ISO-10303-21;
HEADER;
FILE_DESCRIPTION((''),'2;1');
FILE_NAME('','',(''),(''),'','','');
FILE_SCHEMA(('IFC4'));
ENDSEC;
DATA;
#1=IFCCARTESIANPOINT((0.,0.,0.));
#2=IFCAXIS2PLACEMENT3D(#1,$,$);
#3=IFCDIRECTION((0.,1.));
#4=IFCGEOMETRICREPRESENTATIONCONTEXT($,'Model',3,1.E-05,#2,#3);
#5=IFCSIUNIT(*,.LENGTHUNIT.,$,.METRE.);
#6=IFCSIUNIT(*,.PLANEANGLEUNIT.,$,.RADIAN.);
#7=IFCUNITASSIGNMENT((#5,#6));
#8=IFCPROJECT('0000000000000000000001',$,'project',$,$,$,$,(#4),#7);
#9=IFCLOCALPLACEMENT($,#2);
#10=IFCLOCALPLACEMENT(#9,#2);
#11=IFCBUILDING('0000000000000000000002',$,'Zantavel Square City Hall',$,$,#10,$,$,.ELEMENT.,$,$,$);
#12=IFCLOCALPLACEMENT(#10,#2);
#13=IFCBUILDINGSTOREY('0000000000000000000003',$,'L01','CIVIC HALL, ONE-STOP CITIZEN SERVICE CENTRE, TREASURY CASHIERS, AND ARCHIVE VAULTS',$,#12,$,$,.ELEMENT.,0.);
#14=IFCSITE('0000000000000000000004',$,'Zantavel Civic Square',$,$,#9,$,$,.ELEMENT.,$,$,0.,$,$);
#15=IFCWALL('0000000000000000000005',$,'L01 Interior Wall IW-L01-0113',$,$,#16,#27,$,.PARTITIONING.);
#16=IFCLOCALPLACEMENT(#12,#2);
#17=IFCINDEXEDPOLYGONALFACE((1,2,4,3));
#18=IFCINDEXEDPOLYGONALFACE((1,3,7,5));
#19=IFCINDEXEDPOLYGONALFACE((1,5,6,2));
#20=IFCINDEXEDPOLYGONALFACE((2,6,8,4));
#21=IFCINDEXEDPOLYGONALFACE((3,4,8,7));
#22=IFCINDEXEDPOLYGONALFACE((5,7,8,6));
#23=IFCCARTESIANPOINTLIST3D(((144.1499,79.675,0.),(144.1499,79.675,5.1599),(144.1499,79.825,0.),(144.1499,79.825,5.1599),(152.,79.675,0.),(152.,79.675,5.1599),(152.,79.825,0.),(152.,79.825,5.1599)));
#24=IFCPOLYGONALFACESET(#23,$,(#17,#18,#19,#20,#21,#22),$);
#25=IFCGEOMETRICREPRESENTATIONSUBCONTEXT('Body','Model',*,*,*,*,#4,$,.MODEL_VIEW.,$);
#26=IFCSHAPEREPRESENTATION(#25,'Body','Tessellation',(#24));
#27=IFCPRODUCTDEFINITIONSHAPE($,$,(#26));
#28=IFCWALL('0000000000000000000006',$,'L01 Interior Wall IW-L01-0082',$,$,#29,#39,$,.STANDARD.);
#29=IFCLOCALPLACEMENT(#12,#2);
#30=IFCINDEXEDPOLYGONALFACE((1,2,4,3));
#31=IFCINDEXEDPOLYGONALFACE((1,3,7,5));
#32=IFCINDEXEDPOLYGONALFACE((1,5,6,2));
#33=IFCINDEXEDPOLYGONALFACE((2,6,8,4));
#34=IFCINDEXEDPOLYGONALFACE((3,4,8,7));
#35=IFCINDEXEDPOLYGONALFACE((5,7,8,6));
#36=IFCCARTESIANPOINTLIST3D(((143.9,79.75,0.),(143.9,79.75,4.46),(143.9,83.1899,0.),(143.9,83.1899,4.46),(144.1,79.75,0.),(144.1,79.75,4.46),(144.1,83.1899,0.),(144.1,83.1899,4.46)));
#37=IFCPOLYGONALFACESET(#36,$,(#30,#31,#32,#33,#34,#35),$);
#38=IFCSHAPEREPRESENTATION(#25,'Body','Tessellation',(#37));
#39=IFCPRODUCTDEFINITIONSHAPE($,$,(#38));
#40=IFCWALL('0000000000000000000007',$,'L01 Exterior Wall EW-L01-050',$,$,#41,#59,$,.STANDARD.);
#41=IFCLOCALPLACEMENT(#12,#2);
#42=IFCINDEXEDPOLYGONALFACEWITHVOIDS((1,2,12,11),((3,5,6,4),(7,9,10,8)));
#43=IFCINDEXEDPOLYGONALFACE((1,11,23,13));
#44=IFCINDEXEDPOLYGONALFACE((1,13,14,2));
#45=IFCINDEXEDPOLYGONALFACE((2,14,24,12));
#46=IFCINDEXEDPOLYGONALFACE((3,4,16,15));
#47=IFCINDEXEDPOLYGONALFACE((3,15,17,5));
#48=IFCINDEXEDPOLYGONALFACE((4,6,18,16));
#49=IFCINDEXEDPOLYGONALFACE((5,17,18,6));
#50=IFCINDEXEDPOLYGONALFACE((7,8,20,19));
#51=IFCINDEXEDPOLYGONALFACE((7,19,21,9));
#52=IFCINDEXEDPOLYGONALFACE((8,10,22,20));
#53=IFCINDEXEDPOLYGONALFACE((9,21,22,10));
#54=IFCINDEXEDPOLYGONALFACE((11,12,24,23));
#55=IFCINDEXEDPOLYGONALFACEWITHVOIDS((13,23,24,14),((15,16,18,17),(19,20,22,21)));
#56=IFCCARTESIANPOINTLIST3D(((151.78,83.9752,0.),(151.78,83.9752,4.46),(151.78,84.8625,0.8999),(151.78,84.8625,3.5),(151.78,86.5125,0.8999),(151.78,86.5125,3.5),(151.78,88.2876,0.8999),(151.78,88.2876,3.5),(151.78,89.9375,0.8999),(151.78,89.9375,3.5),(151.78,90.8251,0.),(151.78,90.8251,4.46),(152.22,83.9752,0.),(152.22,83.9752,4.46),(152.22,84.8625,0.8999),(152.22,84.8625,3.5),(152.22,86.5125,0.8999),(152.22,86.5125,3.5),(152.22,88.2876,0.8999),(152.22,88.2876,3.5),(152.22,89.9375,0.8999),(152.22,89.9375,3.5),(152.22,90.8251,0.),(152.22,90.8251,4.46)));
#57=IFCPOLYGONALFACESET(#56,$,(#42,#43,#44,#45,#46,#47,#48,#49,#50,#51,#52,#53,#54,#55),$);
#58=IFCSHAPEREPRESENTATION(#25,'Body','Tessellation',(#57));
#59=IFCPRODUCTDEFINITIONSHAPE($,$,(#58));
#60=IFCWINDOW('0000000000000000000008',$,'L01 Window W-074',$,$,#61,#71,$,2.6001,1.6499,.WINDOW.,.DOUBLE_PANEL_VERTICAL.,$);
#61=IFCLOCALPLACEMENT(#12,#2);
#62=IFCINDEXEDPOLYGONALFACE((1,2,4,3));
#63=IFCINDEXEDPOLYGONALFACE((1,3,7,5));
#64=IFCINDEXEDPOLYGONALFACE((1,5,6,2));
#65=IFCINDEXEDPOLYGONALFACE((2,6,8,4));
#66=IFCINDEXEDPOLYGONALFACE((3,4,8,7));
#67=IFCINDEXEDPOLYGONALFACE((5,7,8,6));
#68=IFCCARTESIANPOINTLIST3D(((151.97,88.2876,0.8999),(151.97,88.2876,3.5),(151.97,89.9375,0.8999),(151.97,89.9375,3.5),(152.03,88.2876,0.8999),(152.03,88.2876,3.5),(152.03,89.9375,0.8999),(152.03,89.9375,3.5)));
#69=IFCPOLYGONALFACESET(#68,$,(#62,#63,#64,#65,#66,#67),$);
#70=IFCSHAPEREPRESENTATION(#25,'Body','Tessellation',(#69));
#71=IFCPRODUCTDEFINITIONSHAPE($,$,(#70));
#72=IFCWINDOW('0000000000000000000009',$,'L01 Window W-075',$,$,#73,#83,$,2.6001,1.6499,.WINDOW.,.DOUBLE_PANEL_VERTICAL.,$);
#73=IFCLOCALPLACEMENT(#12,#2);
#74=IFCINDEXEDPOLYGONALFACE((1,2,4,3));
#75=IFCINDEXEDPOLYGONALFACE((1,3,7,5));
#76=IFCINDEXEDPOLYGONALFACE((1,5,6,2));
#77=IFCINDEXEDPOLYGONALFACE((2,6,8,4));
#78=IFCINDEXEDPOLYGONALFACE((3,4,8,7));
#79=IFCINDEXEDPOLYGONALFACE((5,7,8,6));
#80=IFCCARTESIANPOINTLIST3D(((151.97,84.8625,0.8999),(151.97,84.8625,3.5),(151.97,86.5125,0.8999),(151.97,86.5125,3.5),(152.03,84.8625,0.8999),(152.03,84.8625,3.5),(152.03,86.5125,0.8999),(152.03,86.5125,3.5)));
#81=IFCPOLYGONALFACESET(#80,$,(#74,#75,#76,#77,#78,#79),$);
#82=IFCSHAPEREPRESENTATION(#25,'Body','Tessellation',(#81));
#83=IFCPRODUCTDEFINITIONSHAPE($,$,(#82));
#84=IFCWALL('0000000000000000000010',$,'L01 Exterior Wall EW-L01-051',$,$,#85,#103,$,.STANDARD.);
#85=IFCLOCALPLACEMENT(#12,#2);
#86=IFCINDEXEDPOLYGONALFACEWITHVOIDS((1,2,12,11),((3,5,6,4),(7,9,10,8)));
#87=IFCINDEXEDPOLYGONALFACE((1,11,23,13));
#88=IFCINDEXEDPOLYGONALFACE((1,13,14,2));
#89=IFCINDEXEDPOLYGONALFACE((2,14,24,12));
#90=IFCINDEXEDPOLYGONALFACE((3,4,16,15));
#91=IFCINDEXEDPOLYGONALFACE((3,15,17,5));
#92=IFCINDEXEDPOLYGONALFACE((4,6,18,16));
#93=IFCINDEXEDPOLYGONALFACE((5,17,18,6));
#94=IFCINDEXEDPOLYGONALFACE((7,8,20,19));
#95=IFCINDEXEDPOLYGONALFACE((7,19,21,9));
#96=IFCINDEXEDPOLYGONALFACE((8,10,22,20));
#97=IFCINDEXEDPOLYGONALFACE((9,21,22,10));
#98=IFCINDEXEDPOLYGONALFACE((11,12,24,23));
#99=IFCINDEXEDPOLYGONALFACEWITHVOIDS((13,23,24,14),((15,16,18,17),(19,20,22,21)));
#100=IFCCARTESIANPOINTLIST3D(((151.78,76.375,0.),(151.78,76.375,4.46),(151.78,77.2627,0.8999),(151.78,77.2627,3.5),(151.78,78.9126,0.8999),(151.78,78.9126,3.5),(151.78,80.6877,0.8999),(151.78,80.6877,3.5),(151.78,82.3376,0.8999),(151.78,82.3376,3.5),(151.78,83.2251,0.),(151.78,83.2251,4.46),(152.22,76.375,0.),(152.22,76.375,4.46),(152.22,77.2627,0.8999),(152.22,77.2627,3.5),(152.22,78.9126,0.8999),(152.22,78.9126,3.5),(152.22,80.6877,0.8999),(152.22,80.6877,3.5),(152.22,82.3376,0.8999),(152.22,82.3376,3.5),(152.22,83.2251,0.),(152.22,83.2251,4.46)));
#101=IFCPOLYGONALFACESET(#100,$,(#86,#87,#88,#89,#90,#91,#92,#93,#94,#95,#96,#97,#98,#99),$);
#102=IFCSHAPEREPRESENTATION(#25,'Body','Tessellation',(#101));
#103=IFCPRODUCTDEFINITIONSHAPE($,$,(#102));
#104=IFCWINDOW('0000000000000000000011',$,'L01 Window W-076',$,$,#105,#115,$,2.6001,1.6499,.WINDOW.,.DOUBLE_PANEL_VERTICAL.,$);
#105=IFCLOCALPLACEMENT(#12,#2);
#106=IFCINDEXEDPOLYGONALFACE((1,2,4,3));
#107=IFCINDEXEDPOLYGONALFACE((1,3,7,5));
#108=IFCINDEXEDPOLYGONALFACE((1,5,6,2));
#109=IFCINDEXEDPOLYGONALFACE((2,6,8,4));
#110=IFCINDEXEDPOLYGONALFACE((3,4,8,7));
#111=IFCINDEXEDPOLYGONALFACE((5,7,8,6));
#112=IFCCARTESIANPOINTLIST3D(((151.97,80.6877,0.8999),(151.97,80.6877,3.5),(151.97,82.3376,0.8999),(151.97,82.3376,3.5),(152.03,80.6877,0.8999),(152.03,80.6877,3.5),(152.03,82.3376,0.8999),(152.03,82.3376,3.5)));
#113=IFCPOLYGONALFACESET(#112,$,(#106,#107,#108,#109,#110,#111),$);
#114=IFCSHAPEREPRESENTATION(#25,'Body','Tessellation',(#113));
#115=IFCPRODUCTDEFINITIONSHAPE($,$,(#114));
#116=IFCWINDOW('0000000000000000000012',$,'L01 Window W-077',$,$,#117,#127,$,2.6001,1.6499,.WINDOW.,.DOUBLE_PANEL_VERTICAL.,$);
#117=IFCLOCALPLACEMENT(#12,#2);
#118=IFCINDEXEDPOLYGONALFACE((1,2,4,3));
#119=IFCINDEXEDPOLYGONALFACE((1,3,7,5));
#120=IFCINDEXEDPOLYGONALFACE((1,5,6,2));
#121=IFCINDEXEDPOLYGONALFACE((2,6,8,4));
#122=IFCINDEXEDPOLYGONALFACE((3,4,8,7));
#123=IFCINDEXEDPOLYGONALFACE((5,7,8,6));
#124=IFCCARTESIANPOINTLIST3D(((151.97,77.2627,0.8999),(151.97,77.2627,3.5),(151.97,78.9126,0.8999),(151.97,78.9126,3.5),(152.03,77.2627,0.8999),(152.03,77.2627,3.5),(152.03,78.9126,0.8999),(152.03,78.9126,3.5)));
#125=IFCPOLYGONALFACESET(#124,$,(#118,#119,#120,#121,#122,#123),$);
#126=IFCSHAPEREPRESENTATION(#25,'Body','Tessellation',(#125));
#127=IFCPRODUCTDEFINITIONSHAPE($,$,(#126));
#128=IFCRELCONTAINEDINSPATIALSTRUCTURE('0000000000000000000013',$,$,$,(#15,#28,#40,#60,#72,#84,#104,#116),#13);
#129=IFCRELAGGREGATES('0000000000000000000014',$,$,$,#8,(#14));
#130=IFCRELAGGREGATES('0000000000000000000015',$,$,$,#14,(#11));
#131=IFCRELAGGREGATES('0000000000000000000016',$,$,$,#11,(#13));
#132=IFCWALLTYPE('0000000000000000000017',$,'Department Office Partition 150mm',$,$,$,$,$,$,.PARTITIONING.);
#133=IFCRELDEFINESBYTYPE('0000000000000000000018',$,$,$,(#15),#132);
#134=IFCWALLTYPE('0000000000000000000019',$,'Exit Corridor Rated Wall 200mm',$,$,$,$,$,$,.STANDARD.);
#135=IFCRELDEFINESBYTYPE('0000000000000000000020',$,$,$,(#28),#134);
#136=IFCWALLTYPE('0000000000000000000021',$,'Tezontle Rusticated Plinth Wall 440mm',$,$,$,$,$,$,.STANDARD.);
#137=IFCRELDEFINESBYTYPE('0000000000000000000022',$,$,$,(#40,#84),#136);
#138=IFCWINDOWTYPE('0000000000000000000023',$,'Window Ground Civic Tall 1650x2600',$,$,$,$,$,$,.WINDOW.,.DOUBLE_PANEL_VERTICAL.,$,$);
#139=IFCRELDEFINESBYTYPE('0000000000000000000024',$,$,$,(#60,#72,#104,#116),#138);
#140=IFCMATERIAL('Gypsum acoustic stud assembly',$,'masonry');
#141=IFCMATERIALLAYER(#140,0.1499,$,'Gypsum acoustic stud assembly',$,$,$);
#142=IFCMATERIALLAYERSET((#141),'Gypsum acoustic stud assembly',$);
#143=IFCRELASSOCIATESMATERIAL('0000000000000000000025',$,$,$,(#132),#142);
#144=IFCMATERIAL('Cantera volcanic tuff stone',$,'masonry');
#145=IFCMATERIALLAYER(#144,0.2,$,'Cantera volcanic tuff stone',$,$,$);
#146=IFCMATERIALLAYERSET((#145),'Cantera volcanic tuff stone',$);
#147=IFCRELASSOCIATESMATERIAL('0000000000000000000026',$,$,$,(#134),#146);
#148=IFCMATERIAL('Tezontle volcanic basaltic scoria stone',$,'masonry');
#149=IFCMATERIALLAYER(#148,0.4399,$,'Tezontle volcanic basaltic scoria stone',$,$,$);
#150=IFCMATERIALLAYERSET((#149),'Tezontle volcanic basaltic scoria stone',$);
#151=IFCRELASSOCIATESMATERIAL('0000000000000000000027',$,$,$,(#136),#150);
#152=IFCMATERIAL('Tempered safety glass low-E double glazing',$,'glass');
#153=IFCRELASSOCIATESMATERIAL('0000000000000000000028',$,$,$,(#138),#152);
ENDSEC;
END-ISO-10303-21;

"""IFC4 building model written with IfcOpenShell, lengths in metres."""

from ifc_helpers import new_model, si_unit, direction, frame, frame_2d, origin, place, context, subcontext, project, spatial, rectangle, extrude, material, layer, layer_set, type_object, element, fill, save


model = new_model("IFC4")

# Units and contexts
model_context = context("Model", 3, precision=1e-05, world=origin(), true_north=direction((0.0, 1.0)))
body_context = subcontext(model_context, "Body", "Model", "MODEL_VIEW")
ifc_project = project(units=[si_unit("LENGTHUNIT", "METRE"), si_unit("PLANEANGLEUNIT", "RADIAN")], contexts=[model_context])

# Site, building, storey
site_placement = place(None, origin())
site = spatial("IfcSite", under=ifc_project, at=site_placement, Name="Zantavel Civic Square", CompositionType="ELEMENT", RefElevation=0.0)
building_placement = place(site_placement, origin())
building = spatial("IfcBuilding", under=site, at=building_placement, Name="Zantavel Square City Hall", CompositionType="ELEMENT")
storey_placement = place(building_placement, origin())
storey = spatial("IfcBuildingStorey", under=building, at=storey_placement, Name="L01", Description="CIVIC HALL, ONE-STOP CITIZEN SERVICE CENTRE, TREASURY CASHIERS, AND ARCHIVE VAULTS", CompositionType="ELEMENT", Elevation=0.0)

# Wall
ifc_material_1 = material(Name="Gypsum acoustic stud assembly", Category="masonry")
ifc_layer_1 = layer(ifc_material_1, 0.1499, Name="Gypsum acoustic stud assembly")
ifc_layer_set_1 = layer_set([ifc_layer_1], Name="Gypsum acoustic stud assembly")
wall_type_1 = type_object("IfcWallType", Name="Department Office Partition 150mm", PredefinedType="PARTITIONING", material=ifc_layer_set_1)
wall_1_placement = place(storey_placement, frame((152.0, 79.75, 0.0), z_axis=(0.0, 0.0, 1.0), x_axis=(-1.0, 0.0, 0.0)))
element("IfcWall", 1, at=wall_1_placement, inside=storey, type_object=wall_type_1, Name="L01 Interior Wall IW-L01-0113", PredefinedType="PARTITIONING", context=body_context, shape_type="SweptSolid", body=[
    extrude(rectangle(XDim=7.8501, YDim=0.1499, at=frame_2d((3.925, 0.0))), origin(), (0.0, 0.0, 1.0), 5.1599),
])

# Shared definitions
ifc_material_2 = material(Name="Cantera volcanic tuff stone", Category="masonry")
ifc_layer_2 = layer(ifc_material_2, 0.2, Name="Cantera volcanic tuff stone")
ifc_layer_set_2 = layer_set([ifc_layer_2], Name="Cantera volcanic tuff stone")
wall_type_2 = type_object("IfcWallType", Name="Exit Corridor Rated Wall 200mm", PredefinedType="STANDARD", material=ifc_layer_set_2)

# Wall
wall_2_placement = place(storey_placement, frame((144.0, 83.1899, 0.0), z_axis=(0.0, 0.0, 1.0), x_axis=(0.0, -1.0, 0.0)))
element("IfcWall", 2, at=wall_2_placement, inside=storey, type_object=wall_type_2, Name="L01 Interior Wall IW-L01-0082", PredefinedType="STANDARD", context=body_context, shape_type="SweptSolid", body=[
    extrude(rectangle(XDim=3.4399, YDim=0.2, at=frame_2d((1.72, 0.0))), origin(), (0.0, 0.0, 1.0), 4.46),
])

# Walls, openings, windows
ifc_material_3 = material(Name="Tezontle volcanic basaltic scoria stone", Category="masonry")
ifc_layer_3 = layer(ifc_material_3, 0.4399, Name="Tezontle volcanic basaltic scoria stone")
ifc_layer_set_3 = layer_set([ifc_layer_3], Name="Tezontle volcanic basaltic scoria stone")
wall_type_3 = type_object("IfcWallType", Name="Tezontle Rusticated Plinth Wall 440mm", PredefinedType="STANDARD", material=ifc_layer_set_3)
wall_3_placement = place(storey_placement, frame((152.0, 90.825, 0.0), z_axis=(0.0, 0.0, 1.0), x_axis=(0.0, -1.0, 0.0)))
wall_3 = element("IfcWall", 3, at=wall_3_placement, inside=storey, type_object=wall_type_3, Name="L01 Exterior Wall EW-L01-050", PredefinedType="STANDARD", context=body_context, shape_type="SweptSolid", body=[
    extrude(rectangle(XDim=6.8499, YDim=0.4399, at=frame_2d((3.4248, 0.0))), origin(), (0.0, 0.0, 1.0), 4.46),
])
opening_1_placement = place(wall_3_placement, frame((0.8875, 0.0, 0.8999)))
opening_1 = element("IfcOpeningElement", 4, at=opening_1_placement, cuts=wall_3, PredefinedType="OPENING", context=body_context, shape_type="SweptSolid", body=[
    extrude(rectangle(XDim=1.6499, YDim=2.6001, at=frame_2d((0.825, 1.3))), frame((0.0, 0.23, 0.0), z_axis=(0.0, -1.0, 0.0), x_axis=(1.0, 0.0, 0.0)), (0.0, 0.0, 1.0), 0.46),
])
opening_2_placement = place(wall_3_placement, frame((4.3125, 0.0, 0.8999)))
opening_2 = element("IfcOpeningElement", 5, at=opening_2_placement, cuts=wall_3, PredefinedType="OPENING", context=body_context, shape_type="SweptSolid", body=[
    extrude(rectangle(XDim=1.6499, YDim=2.6001, at=frame_2d((0.825, 1.3))), frame((0.0, 0.23, 0.0), z_axis=(0.0, -1.0, 0.0), x_axis=(1.0, 0.0, 0.0)), (0.0, 0.0, 1.0), 0.46),
])
ifc_material_4 = material(Name="Tempered safety glass low-E double glazing", Category="glass")
window_type = type_object("IfcWindowType", Name="Window Ground Civic Tall 1650x2600", PartitioningType="DOUBLE_PANEL_VERTICAL", PredefinedType="WINDOW", material=ifc_material_4)
window_1_placement = place(opening_1_placement, origin())
window_1 = element("IfcWindow", 6, at=window_1_placement, inside=storey, type_object=window_type, Name="L01 Window W-074", OverallHeight=2.6001, OverallWidth=1.6499, PartitioningType="DOUBLE_PANEL_VERTICAL", PredefinedType="WINDOW", context=body_context, shape_type="SweptSolid", body=[
    extrude(rectangle(XDim=1.6499, YDim=2.6001, at=frame_2d((0.825, 1.3))), frame((0.0, 0.03, 0.0), z_axis=(0.0, -1.0, 0.0), x_axis=(1.0, 0.0, 0.0)), (0.0, 0.0, 1.0), 0.0601),
])
fill(opening_1, window_1)
window_2_placement = place(opening_2_placement, origin())
window_2 = element("IfcWindow", 7, at=window_2_placement, inside=storey, type_object=window_type, Name="L01 Window W-075", OverallHeight=2.6001, OverallWidth=1.6499, PartitioningType="DOUBLE_PANEL_VERTICAL", PredefinedType="WINDOW", context=body_context, shape_type="SweptSolid", body=[
    extrude(rectangle(XDim=1.6499, YDim=2.6001, at=frame_2d((0.825, 1.3))), frame((0.0, 0.03, 0.0), z_axis=(0.0, -1.0, 0.0), x_axis=(1.0, 0.0, 0.0)), (0.0, 0.0, 1.0), 0.0601),
])
fill(opening_2, window_2)
wall_4_placement = place(storey_placement, frame((152.0, 83.2251, 0.0), z_axis=(0.0, 0.0, 1.0), x_axis=(0.0, -1.0, 0.0)))
wall_4 = element("IfcWall", 8, at=wall_4_placement, inside=storey, type_object=wall_type_3, Name="L01 Exterior Wall EW-L01-051", PredefinedType="STANDARD", context=body_context, shape_type="SweptSolid", body=[
    extrude(rectangle(XDim=6.8501, YDim=0.4399, at=frame_2d((3.425, 0.0))), origin(), (0.0, 0.0, 1.0), 4.46),
])
opening_3_placement = place(wall_4_placement, frame((0.8875, 0.0, 0.8999)))
opening_3 = element("IfcOpeningElement", 9, at=opening_3_placement, cuts=wall_4, PredefinedType="OPENING", context=body_context, shape_type="SweptSolid", body=[
    extrude(rectangle(XDim=1.6499, YDim=2.6001, at=frame_2d((0.825, 1.3))), frame((0.0, 0.23, 0.0), z_axis=(0.0, -1.0, 0.0), x_axis=(1.0, 0.0, 0.0)), (0.0, 0.0, 1.0), 0.46),
])
opening_4_placement = place(wall_4_placement, frame((4.3125, 0.0, 0.8999)))
opening_4 = element("IfcOpeningElement", 10, at=opening_4_placement, cuts=wall_4, PredefinedType="OPENING", context=body_context, shape_type="SweptSolid", body=[
    extrude(rectangle(XDim=1.6499, YDim=2.6001, at=frame_2d((0.825, 1.3))), frame((0.0, 0.23, 0.0), z_axis=(0.0, -1.0, 0.0), x_axis=(1.0, 0.0, 0.0)), (0.0, 0.0, 1.0), 0.46),
])
window_3_placement = place(opening_3_placement, origin())
window_3 = element("IfcWindow", 11, at=window_3_placement, inside=storey, type_object=window_type, Name="L01 Window W-076", OverallHeight=2.6001, OverallWidth=1.6499, PartitioningType="DOUBLE_PANEL_VERTICAL", PredefinedType="WINDOW", context=body_context, shape_type="SweptSolid", body=[
    extrude(rectangle(XDim=1.6499, YDim=2.6001, at=frame_2d((0.825, 1.3))), frame((0.0, 0.03, 0.0), z_axis=(0.0, -1.0, 0.0), x_axis=(1.0, 0.0, 0.0)), (0.0, 0.0, 1.0), 0.0601),
])
fill(opening_3, window_3)
window_4_placement = place(opening_4_placement, origin())
window_4 = element("IfcWindow", 12, at=window_4_placement, inside=storey, type_object=window_type, Name="L01 Window W-077", OverallHeight=2.6001, OverallWidth=1.6499, PartitioningType="DOUBLE_PANEL_VERTICAL", PredefinedType="WINDOW", context=body_context, shape_type="SweptSolid", body=[
    extrude(rectangle(XDim=1.6499, YDim=2.6001, at=frame_2d((0.825, 1.3))), frame((0.0, 0.03, 0.0), z_axis=(0.0, -1.0, 0.0), x_axis=(1.0, 0.0, 0.0)), (0.0, 0.0, 1.0), 0.0601),
])
fill(opening_4, window_4)

save(model, "model.ifc")
